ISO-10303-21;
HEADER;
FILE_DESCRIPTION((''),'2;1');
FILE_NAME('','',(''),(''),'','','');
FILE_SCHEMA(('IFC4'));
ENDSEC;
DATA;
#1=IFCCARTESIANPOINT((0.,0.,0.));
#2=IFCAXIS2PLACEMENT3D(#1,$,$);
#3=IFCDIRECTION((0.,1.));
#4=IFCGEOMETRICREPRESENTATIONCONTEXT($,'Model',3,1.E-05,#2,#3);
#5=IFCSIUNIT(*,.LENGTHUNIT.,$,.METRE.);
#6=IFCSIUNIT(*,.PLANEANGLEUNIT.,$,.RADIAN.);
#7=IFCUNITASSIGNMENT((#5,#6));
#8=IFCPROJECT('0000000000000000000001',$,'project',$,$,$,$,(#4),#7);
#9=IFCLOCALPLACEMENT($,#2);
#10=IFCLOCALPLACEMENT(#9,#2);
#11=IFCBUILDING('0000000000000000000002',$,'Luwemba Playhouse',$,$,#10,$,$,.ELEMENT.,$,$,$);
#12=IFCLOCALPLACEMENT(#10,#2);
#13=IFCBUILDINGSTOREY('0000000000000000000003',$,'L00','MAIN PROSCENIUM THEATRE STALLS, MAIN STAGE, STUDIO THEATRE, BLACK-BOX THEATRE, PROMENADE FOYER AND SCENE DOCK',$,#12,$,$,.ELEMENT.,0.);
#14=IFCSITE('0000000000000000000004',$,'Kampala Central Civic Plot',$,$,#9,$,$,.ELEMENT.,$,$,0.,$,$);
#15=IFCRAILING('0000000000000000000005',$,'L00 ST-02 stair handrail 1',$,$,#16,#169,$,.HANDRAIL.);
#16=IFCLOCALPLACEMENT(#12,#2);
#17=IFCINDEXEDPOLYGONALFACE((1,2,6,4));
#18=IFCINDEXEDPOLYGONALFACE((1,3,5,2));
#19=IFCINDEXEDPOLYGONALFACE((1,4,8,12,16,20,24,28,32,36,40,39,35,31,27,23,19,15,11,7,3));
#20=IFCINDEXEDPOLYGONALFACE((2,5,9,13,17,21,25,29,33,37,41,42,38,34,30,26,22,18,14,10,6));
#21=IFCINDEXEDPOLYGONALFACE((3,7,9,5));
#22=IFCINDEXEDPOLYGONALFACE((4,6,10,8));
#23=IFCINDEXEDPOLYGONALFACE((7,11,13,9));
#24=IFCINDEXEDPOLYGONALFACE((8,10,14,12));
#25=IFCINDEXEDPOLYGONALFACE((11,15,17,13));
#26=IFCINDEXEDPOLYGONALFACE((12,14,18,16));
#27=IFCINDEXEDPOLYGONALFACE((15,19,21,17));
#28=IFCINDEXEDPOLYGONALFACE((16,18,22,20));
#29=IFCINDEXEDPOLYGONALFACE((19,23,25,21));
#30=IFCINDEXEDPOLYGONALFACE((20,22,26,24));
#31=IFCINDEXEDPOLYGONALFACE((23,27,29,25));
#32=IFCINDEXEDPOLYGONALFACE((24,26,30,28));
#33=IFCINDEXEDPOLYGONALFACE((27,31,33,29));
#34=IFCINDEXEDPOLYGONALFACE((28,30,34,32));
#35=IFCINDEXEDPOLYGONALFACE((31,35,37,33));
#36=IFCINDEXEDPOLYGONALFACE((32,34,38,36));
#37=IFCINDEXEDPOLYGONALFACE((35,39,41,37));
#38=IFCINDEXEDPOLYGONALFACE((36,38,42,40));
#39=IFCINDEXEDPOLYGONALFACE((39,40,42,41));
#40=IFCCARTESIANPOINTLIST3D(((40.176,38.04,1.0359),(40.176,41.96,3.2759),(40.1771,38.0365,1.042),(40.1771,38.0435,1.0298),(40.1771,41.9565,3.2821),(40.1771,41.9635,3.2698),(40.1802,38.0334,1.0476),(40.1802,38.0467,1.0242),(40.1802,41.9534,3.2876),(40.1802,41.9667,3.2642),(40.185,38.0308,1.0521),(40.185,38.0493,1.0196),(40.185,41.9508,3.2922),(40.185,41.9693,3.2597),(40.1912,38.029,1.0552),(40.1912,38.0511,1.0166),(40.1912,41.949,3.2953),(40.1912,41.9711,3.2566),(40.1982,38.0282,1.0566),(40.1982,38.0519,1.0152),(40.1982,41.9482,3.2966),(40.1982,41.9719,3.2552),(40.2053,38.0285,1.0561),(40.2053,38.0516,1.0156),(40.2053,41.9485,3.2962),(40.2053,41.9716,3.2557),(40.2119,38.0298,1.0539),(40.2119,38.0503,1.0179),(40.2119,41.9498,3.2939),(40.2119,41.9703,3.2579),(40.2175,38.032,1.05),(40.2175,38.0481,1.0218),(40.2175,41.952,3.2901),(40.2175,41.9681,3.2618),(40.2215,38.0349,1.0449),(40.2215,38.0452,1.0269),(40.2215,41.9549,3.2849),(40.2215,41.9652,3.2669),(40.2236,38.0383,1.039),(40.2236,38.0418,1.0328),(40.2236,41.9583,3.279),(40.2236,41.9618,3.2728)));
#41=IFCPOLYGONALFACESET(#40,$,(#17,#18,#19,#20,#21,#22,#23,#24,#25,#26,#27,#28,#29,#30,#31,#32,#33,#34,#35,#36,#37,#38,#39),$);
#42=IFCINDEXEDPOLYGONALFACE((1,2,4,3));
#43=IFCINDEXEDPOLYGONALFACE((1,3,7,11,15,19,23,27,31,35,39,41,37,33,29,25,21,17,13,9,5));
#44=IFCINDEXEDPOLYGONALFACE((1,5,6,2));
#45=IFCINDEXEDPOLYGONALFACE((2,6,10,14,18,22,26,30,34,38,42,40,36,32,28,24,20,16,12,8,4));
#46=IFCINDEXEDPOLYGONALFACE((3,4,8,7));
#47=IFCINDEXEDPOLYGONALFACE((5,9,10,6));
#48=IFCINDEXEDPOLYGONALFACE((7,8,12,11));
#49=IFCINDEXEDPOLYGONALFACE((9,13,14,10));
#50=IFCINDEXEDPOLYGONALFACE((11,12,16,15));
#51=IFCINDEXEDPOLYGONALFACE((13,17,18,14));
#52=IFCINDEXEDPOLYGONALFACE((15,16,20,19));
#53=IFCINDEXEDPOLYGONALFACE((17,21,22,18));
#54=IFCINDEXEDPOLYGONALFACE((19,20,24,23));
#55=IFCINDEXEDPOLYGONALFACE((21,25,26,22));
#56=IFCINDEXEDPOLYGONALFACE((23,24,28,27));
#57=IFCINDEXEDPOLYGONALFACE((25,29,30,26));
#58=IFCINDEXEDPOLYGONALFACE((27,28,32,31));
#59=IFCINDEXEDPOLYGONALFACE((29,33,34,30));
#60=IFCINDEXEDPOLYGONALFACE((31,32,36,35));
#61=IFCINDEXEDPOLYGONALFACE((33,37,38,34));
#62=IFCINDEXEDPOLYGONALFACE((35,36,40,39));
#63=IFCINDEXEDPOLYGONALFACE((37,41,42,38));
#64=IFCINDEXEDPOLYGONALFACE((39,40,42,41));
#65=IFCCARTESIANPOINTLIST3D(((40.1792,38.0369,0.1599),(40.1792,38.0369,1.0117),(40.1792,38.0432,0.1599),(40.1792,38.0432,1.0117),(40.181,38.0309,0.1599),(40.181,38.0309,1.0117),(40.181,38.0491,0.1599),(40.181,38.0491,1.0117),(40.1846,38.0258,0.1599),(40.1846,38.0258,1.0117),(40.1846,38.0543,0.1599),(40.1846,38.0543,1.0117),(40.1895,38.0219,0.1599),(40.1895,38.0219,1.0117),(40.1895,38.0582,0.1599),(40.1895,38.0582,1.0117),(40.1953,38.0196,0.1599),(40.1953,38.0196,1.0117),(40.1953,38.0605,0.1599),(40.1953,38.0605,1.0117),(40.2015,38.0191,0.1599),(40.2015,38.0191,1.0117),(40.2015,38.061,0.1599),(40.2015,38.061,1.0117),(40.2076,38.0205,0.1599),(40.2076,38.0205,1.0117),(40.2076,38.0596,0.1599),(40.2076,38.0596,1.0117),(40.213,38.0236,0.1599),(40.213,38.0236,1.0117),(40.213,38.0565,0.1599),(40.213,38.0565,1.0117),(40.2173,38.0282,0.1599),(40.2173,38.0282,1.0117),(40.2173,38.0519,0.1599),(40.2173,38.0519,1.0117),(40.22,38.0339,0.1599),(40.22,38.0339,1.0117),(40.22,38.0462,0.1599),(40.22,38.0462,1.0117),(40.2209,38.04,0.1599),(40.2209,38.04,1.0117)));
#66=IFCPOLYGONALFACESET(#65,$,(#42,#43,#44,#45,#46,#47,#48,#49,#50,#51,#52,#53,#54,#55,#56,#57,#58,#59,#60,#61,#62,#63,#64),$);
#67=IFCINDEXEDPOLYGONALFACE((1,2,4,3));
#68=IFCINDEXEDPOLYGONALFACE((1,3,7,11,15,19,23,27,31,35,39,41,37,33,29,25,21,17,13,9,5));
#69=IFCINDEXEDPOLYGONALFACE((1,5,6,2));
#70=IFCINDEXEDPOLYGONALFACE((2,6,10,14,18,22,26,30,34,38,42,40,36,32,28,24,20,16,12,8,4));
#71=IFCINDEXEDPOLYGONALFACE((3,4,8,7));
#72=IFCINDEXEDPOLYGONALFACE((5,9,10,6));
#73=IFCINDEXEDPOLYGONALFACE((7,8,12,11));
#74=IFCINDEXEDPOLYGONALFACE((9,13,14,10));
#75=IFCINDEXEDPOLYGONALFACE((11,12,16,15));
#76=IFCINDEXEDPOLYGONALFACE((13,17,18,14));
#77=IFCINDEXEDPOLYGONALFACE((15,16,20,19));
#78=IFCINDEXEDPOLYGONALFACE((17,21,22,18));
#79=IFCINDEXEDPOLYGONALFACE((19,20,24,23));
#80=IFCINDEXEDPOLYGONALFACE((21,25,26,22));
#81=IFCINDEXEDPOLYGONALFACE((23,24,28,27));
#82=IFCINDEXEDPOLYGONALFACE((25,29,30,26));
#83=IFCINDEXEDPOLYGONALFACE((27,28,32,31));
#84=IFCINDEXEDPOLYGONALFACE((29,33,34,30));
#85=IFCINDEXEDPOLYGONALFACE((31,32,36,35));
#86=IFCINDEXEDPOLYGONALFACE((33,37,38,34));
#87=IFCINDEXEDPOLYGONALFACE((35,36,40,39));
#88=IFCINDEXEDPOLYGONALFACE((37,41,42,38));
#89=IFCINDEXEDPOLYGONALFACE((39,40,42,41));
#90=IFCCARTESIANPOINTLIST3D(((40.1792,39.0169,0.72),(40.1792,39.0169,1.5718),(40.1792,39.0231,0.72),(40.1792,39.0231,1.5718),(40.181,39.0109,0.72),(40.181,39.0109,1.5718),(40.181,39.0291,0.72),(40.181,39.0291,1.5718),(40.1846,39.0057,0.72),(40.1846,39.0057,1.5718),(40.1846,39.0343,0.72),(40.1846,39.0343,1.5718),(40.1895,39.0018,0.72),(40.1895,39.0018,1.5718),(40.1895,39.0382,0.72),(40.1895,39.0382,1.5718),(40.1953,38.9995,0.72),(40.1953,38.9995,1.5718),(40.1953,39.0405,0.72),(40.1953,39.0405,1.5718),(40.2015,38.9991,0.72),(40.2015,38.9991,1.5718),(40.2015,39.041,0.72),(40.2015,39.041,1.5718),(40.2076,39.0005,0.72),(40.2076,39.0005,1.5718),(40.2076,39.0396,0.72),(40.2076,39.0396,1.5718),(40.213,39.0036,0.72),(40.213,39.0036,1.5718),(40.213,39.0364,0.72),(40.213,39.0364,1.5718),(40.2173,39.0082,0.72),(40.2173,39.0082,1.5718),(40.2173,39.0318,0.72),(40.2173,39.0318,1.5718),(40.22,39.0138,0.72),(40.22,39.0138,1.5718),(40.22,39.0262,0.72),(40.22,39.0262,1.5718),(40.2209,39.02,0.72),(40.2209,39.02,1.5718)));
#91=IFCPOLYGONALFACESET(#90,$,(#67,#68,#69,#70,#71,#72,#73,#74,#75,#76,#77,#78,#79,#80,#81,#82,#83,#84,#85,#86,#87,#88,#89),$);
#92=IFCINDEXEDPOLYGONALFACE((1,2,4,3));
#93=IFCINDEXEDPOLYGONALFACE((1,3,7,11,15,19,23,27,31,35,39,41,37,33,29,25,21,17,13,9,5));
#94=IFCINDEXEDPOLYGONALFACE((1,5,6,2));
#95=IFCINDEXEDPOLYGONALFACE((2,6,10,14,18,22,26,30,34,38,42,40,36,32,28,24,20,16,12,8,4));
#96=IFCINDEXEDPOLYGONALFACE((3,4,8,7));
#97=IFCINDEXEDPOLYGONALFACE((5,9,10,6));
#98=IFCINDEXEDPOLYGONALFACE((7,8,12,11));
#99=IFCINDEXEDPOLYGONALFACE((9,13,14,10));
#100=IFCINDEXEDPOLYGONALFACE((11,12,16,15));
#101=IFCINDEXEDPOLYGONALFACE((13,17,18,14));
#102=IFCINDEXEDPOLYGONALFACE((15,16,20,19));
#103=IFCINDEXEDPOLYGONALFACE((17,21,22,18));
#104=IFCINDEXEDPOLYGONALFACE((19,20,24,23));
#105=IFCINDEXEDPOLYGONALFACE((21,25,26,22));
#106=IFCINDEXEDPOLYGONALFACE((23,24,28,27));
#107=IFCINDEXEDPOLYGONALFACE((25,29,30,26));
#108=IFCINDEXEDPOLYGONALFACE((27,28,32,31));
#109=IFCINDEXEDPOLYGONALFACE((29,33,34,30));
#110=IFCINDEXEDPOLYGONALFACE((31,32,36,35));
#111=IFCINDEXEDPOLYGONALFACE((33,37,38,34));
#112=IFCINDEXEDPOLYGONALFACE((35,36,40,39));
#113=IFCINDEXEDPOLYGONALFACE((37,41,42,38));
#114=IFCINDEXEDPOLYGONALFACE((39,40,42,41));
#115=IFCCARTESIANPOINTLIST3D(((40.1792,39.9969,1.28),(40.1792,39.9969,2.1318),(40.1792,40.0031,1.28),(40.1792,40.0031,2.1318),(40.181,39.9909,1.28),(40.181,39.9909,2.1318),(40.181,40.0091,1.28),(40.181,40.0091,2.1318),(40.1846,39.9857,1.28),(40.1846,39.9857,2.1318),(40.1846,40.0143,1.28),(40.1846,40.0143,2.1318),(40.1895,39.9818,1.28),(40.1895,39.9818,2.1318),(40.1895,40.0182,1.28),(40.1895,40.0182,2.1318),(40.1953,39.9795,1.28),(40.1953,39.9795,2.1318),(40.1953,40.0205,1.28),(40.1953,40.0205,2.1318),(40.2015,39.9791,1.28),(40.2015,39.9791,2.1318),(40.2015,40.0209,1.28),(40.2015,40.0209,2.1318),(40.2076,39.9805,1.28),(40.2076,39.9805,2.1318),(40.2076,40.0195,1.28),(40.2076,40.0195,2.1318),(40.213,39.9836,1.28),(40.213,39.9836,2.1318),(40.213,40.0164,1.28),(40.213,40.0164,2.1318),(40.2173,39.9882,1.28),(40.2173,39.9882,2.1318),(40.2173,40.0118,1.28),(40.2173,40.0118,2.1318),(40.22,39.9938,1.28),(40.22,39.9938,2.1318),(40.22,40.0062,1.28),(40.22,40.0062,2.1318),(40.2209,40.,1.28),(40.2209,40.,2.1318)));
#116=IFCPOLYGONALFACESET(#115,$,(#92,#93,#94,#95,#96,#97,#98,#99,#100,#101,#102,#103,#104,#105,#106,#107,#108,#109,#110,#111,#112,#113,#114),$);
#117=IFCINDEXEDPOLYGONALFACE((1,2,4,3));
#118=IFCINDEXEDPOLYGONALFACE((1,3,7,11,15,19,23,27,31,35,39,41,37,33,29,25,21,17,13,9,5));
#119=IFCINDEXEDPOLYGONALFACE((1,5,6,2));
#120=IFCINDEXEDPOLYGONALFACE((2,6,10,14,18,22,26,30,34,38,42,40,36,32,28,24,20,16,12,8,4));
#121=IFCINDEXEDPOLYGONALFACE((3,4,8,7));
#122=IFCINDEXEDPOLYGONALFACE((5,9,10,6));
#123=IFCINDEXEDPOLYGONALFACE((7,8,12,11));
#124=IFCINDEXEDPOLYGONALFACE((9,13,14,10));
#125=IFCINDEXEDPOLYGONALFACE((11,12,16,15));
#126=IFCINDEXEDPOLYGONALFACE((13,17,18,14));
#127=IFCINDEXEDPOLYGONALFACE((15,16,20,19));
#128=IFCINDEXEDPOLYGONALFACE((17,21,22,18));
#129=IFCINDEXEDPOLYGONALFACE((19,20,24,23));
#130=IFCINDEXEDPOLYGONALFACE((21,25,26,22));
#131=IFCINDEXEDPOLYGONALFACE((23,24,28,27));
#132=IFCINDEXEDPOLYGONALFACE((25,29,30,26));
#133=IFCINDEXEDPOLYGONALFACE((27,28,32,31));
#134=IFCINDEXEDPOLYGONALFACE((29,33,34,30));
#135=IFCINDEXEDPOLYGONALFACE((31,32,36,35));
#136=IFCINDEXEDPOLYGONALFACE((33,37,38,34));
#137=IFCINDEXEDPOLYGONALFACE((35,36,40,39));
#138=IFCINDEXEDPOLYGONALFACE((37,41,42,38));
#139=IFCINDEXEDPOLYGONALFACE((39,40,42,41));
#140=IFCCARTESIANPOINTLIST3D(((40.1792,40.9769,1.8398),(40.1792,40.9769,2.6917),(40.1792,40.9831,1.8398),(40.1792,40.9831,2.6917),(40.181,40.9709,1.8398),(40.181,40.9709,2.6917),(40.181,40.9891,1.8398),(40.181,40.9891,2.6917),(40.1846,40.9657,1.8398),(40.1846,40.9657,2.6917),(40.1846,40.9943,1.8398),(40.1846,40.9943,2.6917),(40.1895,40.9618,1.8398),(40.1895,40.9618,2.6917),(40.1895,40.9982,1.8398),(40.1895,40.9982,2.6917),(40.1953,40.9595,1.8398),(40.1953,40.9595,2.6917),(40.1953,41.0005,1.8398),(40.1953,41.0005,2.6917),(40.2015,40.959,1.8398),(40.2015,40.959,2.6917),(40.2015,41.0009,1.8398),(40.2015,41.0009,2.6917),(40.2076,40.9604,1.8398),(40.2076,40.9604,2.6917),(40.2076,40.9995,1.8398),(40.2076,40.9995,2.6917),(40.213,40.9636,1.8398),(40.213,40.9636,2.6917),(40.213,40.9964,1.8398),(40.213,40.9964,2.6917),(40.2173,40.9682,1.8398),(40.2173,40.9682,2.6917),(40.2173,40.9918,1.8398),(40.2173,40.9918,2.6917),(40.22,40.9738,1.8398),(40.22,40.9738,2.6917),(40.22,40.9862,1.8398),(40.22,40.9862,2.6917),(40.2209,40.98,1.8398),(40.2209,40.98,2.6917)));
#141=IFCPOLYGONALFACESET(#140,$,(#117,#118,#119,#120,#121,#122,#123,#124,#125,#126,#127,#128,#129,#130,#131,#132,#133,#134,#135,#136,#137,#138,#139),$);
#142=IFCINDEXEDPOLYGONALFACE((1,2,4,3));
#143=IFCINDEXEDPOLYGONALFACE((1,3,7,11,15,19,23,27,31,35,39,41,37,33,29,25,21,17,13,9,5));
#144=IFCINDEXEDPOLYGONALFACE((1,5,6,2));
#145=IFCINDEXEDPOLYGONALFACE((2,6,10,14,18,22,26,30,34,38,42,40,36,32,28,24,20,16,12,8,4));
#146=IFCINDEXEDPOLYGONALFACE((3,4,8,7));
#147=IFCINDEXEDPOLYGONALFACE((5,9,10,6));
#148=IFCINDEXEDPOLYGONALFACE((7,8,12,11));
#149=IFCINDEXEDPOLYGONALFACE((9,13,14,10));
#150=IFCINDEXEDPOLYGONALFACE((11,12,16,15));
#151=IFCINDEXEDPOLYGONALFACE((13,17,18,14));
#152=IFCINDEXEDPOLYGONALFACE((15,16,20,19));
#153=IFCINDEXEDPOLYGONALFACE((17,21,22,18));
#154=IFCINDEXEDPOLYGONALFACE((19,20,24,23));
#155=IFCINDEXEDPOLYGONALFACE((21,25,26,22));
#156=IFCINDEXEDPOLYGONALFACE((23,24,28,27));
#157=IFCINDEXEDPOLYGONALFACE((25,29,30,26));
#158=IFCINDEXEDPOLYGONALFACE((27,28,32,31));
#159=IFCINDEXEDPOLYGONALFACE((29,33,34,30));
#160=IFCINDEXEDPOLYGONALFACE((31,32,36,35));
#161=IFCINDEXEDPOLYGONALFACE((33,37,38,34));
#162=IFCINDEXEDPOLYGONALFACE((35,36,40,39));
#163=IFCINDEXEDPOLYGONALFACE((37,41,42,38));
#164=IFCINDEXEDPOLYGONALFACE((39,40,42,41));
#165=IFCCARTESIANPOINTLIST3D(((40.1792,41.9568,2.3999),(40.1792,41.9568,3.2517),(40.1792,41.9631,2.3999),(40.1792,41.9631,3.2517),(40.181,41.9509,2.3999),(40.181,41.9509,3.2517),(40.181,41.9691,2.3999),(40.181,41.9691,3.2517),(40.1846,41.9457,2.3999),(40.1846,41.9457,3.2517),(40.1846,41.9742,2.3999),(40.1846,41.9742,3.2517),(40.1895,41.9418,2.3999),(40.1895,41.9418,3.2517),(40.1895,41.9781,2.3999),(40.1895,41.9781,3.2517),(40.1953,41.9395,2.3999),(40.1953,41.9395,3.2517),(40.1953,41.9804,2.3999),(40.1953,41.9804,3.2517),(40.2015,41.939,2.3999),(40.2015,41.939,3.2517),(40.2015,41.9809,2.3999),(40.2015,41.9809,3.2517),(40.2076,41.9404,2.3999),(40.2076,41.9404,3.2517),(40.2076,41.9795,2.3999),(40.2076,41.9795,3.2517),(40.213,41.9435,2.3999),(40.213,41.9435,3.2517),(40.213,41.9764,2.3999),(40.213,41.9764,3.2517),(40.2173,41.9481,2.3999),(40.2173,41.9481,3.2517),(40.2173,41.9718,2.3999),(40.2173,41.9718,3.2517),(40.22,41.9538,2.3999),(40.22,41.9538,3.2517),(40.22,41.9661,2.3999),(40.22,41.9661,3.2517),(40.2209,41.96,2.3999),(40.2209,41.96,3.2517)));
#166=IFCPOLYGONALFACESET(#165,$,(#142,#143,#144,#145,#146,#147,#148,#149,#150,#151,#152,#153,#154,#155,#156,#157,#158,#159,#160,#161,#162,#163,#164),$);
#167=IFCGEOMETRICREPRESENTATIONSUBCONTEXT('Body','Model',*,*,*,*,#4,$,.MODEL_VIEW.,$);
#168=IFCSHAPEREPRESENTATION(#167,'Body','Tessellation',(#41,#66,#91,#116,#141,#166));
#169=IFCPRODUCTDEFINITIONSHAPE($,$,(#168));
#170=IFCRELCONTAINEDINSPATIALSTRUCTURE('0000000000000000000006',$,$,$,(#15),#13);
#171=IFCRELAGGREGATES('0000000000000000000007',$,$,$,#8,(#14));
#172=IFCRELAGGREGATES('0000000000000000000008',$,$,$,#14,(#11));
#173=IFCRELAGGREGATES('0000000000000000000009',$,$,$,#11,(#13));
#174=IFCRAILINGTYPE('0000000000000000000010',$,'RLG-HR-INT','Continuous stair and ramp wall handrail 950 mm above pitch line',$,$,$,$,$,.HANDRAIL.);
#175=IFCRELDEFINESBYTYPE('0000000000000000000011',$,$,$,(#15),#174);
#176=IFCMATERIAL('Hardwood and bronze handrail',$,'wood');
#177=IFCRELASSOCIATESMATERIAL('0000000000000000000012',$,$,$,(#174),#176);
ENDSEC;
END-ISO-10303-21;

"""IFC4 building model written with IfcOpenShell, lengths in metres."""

from ifc_helpers import new_model, si_unit, direction, frame, origin, origin_2d, place, context, subcontext, project, spatial, circle, extrude, material, type_object, element, save


model = new_model("IFC4")

# Units and contexts
model_context = context("Model", 3, precision=1e-05, world=origin(), true_north=direction((0.0, 1.0)))
body_context = subcontext(model_context, "Body", "Model", "MODEL_VIEW")
ifc_project = project(units=[si_unit("LENGTHUNIT", "METRE"), si_unit("PLANEANGLEUNIT", "RADIAN")], contexts=[model_context])

# Site, building, storey
site_placement = place(None, origin())
site = spatial("IfcSite", under=ifc_project, at=site_placement, Name="Kampala Central Civic Plot", CompositionType="ELEMENT", RefElevation=0.0)
building_placement = place(site_placement, origin())
building = spatial("IfcBuilding", under=site, at=building_placement, Name="Luwemba Playhouse", CompositionType="ELEMENT")
storey_placement = place(building_placement, origin())
storey = spatial("IfcBuildingStorey", under=building, at=storey_placement, Name="L00", Description="MAIN PROSCENIUM THEATRE STALLS, MAIN STAGE, STUDIO THEATRE, BLACK-BOX THEATRE, PROMENADE FOYER AND SCENE DOCK", CompositionType="ELEMENT", Elevation=0.0)

# Railing
ifc_material_1 = material(Name="Hardwood and bronze handrail", Category="wood")
railing_type_1 = type_object("IfcRailingType", Name="RLG-HR-INT", Description="Continuous stair and ramp wall handrail 950 mm above pitch line", PredefinedType="HANDRAIL", material=ifc_material_1)
railing_1_placement = place(storey_placement, frame((40.2, 38.04, 0.1599)))
element("IfcRailing", 1, at=railing_1_placement, inside=storey, type_object=railing_type_1, Name="L00 ST-02 stair handrail 1", PredefinedType="HANDRAIL", context=body_context, shape_type="SweptSolid", body=[
    extrude(circle(Radius=0.0239, at=origin_2d()), frame((0.0, 0.0, 0.876), z_axis=(0.0, 0.86824, 0.496145), x_axis=(-1.0, 0.0, 0.0)), (0.0, 0.0, 1.0), 4.5149),
    extrude(circle(Radius=0.021, at=origin_2d()), origin(), (0.0, 0.0, 1.0), 0.8518),
    extrude(circle(Radius=0.021, at=origin_2d()), frame((0.0, 0.98, 0.5601)), (0.0, 0.0, 1.0), 0.8518),
    extrude(circle(Radius=0.021, at=origin_2d()), frame((0.0, 1.96, 1.1201)), (0.0, 0.0, 1.0), 0.8518),
    extrude(circle(Radius=0.021, at=origin_2d()), frame((0.0, 2.9399, 1.6799)), (0.0, 0.0, 1.0), 0.8518),
    extrude(circle(Radius=0.021, at=origin_2d()), frame((0.0, 3.9199, 2.24)), (0.0, 0.0, 1.0), 0.8518),
])

save(model, "model.ifc")
